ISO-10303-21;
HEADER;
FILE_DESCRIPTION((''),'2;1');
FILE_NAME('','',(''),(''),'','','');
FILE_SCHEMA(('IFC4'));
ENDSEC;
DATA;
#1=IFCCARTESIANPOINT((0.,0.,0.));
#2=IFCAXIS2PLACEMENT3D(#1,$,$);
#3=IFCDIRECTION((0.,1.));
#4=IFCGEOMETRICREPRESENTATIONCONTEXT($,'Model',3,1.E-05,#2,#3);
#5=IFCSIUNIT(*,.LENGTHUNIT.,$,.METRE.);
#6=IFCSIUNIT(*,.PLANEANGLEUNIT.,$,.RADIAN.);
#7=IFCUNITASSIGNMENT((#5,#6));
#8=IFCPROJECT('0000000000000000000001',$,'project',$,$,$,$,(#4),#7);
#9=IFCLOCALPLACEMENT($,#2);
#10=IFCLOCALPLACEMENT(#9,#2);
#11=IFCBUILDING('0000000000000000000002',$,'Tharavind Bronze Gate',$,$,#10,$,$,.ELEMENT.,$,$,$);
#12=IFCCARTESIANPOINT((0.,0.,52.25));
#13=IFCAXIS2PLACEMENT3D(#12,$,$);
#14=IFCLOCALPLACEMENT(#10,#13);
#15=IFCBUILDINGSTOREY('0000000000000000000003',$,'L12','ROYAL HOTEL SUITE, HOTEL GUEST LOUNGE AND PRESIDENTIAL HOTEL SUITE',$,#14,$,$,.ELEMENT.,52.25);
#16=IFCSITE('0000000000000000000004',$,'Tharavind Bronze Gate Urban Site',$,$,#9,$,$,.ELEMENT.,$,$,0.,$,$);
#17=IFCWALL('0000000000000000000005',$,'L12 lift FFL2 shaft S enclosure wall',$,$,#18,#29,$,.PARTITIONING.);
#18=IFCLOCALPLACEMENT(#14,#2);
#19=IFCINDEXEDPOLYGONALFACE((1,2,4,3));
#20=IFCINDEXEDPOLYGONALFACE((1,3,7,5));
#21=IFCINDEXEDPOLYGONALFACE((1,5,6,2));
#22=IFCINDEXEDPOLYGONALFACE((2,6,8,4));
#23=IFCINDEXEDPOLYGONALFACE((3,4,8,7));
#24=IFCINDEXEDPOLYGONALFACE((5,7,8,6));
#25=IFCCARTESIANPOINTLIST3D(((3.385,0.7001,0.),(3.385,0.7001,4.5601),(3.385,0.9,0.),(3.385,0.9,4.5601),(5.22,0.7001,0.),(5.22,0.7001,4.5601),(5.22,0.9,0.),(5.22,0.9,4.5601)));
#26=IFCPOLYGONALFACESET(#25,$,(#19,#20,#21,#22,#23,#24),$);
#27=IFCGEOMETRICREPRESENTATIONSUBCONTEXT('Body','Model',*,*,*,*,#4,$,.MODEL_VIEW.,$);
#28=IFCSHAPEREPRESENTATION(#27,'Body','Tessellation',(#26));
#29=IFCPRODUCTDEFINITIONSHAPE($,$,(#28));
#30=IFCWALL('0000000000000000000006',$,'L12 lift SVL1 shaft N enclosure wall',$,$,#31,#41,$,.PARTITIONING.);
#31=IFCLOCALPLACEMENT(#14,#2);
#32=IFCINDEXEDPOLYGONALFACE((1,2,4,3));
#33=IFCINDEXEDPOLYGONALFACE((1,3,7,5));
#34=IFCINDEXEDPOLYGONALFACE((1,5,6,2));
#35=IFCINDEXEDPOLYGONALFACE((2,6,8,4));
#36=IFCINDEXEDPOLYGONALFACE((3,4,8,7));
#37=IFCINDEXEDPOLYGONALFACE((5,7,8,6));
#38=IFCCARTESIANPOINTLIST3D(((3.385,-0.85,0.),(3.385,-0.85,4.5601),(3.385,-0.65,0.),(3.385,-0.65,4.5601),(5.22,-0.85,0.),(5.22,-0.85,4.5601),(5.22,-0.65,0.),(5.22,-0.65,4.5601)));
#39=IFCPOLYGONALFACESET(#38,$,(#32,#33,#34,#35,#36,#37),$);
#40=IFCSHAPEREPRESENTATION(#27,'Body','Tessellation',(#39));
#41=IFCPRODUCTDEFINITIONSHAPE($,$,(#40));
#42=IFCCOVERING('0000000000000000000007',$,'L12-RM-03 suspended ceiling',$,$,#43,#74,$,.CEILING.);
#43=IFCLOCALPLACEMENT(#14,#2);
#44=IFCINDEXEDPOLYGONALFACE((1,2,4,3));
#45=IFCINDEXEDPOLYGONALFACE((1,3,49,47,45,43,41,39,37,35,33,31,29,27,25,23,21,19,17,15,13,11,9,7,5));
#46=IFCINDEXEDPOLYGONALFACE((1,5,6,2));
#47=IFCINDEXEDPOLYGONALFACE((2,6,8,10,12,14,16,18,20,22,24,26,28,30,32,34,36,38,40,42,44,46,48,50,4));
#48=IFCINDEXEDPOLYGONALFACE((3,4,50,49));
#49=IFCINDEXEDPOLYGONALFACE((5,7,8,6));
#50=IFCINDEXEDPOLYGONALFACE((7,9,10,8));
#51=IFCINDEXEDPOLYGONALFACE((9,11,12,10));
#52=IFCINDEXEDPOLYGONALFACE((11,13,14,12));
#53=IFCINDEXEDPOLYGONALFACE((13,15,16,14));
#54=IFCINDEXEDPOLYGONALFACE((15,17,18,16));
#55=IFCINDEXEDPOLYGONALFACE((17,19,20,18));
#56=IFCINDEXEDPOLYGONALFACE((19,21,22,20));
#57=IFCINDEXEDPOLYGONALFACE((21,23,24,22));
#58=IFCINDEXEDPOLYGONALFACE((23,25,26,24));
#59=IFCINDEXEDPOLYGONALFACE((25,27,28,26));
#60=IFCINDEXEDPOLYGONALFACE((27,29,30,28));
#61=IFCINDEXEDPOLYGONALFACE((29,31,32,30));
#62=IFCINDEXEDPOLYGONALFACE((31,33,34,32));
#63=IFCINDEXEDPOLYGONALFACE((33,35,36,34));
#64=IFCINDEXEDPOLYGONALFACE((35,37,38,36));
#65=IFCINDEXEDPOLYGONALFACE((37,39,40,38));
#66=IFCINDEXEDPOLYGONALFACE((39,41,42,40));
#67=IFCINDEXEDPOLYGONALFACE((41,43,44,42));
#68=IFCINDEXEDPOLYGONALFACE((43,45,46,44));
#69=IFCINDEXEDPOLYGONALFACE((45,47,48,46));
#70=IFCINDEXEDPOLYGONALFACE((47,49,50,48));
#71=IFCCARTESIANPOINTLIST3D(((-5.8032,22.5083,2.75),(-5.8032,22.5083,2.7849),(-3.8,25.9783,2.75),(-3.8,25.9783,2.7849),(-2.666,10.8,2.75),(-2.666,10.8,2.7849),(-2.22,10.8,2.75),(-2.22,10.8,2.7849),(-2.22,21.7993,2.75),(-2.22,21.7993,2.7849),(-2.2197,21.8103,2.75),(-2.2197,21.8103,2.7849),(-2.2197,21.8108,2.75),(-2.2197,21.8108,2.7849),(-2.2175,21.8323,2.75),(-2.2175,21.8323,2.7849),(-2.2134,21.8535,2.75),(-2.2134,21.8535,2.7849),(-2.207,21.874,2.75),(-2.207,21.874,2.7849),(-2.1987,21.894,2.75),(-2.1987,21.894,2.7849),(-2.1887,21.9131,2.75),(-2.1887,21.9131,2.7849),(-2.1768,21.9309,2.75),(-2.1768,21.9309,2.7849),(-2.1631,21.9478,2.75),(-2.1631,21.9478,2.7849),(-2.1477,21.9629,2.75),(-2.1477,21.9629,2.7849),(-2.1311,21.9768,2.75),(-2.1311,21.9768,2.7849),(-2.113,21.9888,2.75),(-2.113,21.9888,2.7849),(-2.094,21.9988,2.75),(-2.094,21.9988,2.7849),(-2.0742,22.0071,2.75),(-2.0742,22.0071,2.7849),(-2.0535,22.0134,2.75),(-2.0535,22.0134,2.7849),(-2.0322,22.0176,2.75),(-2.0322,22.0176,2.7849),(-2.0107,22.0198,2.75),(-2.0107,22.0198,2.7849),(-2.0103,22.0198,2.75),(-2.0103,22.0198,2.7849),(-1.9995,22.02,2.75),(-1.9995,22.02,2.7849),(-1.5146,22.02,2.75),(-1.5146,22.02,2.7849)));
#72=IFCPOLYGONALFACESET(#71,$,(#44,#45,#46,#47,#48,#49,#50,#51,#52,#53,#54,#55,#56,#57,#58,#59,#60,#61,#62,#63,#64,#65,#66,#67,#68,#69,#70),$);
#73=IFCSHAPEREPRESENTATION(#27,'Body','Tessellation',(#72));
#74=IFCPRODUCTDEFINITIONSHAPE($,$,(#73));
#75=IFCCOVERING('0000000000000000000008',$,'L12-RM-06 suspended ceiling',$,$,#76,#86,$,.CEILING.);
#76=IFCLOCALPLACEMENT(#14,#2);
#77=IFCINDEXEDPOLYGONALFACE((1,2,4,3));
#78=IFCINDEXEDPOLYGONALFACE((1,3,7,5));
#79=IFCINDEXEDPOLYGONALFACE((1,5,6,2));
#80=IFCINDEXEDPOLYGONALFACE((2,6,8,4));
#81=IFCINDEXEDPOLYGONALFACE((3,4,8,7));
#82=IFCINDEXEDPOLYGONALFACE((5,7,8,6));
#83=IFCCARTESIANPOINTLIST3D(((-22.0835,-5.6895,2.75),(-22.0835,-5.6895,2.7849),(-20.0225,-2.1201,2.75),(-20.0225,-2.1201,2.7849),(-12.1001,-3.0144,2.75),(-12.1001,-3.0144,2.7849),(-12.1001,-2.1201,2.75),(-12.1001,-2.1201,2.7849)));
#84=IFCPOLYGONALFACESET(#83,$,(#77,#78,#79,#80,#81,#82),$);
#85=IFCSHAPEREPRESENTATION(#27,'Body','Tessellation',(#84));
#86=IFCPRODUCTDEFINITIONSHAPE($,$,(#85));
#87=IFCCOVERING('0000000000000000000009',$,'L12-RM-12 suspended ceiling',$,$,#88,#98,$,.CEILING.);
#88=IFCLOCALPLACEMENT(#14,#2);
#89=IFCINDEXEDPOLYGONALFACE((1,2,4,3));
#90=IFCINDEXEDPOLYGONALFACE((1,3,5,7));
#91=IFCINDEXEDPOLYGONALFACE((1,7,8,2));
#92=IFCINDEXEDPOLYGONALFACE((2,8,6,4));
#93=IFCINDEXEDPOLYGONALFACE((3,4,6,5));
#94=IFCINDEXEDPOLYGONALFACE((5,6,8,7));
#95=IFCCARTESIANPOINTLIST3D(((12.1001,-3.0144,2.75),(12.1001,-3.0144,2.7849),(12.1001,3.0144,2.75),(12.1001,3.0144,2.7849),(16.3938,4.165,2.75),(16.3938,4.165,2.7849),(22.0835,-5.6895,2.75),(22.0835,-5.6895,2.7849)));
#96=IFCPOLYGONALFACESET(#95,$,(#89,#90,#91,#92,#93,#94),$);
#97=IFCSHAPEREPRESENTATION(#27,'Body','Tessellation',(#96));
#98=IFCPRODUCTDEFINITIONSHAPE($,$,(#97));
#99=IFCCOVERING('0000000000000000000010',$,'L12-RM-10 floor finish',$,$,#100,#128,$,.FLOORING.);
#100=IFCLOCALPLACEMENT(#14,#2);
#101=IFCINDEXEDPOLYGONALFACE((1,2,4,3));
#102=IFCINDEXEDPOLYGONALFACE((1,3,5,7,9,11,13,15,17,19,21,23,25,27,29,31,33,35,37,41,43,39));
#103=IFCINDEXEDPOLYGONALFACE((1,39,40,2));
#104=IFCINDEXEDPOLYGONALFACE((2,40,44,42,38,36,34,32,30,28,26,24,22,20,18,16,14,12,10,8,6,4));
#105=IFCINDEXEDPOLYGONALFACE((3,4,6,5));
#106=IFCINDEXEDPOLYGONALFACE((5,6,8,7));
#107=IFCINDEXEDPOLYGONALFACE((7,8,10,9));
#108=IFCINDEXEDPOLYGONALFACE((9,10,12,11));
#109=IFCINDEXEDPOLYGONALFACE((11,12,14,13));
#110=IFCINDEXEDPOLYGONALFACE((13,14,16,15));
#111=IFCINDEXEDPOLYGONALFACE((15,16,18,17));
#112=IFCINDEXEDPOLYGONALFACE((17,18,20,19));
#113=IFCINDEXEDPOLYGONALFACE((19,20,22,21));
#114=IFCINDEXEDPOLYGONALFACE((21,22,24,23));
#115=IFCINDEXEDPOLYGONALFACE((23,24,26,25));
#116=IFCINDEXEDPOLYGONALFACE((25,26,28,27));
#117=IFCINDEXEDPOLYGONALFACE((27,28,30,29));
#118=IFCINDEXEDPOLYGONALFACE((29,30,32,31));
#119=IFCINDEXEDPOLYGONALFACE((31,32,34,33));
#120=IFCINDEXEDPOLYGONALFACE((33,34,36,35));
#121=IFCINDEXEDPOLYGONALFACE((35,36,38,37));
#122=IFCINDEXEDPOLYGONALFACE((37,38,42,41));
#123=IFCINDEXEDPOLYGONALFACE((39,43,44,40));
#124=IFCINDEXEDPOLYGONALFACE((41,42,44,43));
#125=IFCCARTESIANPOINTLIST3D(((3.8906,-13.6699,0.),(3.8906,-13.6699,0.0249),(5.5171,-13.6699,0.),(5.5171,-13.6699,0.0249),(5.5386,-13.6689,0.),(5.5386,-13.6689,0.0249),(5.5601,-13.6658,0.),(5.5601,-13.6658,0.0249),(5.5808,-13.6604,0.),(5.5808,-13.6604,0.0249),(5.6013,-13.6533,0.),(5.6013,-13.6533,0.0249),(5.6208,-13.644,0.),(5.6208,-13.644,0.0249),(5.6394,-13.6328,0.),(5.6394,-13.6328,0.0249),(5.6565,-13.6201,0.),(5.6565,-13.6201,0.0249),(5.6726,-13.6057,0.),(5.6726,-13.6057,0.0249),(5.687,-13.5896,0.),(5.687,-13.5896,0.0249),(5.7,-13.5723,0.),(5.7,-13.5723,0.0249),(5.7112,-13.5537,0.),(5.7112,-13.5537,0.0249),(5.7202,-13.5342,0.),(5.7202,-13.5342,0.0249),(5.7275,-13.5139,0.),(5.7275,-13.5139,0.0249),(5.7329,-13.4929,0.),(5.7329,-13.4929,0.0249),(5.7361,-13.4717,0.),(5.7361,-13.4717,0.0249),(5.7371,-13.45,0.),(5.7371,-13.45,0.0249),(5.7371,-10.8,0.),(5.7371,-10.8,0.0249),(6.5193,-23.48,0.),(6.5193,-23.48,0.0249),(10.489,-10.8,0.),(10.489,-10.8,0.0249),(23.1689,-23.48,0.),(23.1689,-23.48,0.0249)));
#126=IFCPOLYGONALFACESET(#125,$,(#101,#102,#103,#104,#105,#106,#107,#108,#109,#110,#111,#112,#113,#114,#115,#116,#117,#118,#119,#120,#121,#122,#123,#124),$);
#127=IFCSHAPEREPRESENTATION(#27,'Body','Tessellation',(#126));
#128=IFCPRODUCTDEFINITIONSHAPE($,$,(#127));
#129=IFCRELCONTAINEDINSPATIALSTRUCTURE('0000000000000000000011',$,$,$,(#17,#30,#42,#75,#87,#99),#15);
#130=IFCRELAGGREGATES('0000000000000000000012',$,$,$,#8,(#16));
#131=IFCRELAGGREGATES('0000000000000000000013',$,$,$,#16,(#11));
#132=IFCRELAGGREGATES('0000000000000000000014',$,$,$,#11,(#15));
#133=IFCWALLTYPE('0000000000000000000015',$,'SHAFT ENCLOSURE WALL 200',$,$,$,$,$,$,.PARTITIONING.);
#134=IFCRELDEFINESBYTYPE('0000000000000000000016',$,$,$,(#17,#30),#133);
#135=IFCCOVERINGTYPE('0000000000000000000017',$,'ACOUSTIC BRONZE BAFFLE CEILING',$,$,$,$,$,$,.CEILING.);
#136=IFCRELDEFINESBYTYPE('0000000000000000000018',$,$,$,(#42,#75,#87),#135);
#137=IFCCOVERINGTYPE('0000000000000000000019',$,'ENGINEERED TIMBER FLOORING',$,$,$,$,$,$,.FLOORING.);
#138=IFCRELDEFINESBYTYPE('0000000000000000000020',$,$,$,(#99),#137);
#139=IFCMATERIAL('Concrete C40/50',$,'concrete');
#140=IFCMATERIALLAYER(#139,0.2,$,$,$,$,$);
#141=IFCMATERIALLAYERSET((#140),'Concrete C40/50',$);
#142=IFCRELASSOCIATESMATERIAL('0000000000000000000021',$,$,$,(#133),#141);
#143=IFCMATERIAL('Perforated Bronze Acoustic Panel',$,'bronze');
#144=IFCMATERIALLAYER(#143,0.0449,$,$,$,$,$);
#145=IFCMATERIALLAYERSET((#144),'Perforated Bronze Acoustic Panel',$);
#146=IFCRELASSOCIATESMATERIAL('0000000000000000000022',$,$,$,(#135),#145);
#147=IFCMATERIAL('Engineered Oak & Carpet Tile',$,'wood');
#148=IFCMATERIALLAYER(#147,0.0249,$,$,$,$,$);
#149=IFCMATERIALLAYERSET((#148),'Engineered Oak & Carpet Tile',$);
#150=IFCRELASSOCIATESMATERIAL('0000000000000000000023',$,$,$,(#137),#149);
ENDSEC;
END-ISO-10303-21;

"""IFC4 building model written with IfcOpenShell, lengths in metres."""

from ifc_helpers import new_model, si_unit, direction, frame, frame_2d, origin, place, context, subcontext, project, spatial, polyline, rectangle, outline, extrude, material, layer, layer_set, type_object, element, save


model = new_model("IFC4")

# Units and contexts
model_context = context("Model", 3, precision=1e-05, world=origin(), true_north=direction((0.0, 1.0)))
body_context = subcontext(model_context, "Body", "Model", "MODEL_VIEW")
ifc_project = project(units=[si_unit("LENGTHUNIT", "METRE"), si_unit("PLANEANGLEUNIT", "RADIAN")], contexts=[model_context])

# Site, building, storey
site_placement = place(None, origin())
site = spatial("IfcSite", under=ifc_project, at=site_placement, Name="Tharavind Bronze Gate Urban Site", CompositionType="ELEMENT", RefElevation=0.0)
building_placement = place(site_placement, origin())
building = spatial("IfcBuilding", under=site, at=building_placement, Name="Tharavind Bronze Gate", CompositionType="ELEMENT")
storey_placement = place(building_placement, frame((0.0, 0.0, 52.25)))
storey = spatial("IfcBuildingStorey", under=building, at=storey_placement, Name="L12", Description="ROYAL HOTEL SUITE, HOTEL GUEST LOUNGE AND PRESIDENTIAL HOTEL SUITE", CompositionType="ELEMENT", Elevation=52.25)

# Walls
ifc_material_1 = material(Name="Concrete C40/50", Category="concrete")
ifc_layer_1 = layer(ifc_material_1, 0.2)
ifc_layer_set_1 = layer_set([ifc_layer_1], Name="Concrete C40/50")
wall_type_1 = type_object("IfcWallType", Name="SHAFT ENCLOSURE WALL 200", PredefinedType="PARTITIONING", material=ifc_layer_set_1)
for number, where, z_axis, x_axis, name in (
    (1, (3.385, 0.8, 0.0), (0.0, 0.0, 1.0), (1.0, 0.0, 0.0), "L12 lift FFL2 shaft S enclosure wall"),
    (2, (3.385, -0.75, 0.0), (0.0, 0.0, 1.0), (1.0, 0.0, 0.0), "L12 lift SVL1 shaft N enclosure wall"),
):
    element("IfcWall", number, at=place(storey_placement, frame(where, z_axis=z_axis, x_axis=x_axis)), inside=storey, type_object=wall_type_1, Name=name, PredefinedType="PARTITIONING", context=body_context, shape_type="SweptSolid", body=[
        extrude(rectangle(XDim=1.835, YDim=0.2, at=frame_2d((0.9175, 0.0))), origin(), (0.0, 0.0, 1.0), 4.5601),
    ])

# Coverings
ifc_material_2 = material(Name="Perforated Bronze Acoustic Panel", Category="bronze")
ifc_layer_2 = layer(ifc_material_2, 0.0449)
ifc_layer_set_2 = layer_set([ifc_layer_2], Name="Perforated Bronze Acoustic Panel")
covering_type_1 = type_object("IfcCoveringType", Name="ACOUSTIC BRONZE BAFFLE CEILING", PredefinedType="CEILING", material=ifc_layer_set_2)
covering_1_placement = place(storey_placement, frame((0.0, 0.0, 2.75)))
element("IfcCovering", 3, at=covering_1_placement, inside=storey, type_object=covering_type_1, Name="L12-RM-03 suspended ceiling", PredefinedType="CEILING", context=body_context, shape_type="SweptSolid", body=[
    extrude(outline(polyline([(-2.666, 10.8), (-2.22, 10.8), (-2.22, 21.7993), (-2.2197, 21.8103), (-2.2197, 21.8108), (-2.2175, 21.8323), (-2.2134, 21.8535), (-2.207, 21.874), (-2.1987, 21.894), (-2.1887, 21.9131), (-2.1768, 21.9309), (-2.1631, 21.9478), (-2.1477, 21.9629), (-2.1311, 21.9768), (-2.113, 21.9888), (-2.094, 21.9988), (-2.0742, 22.0071), (-2.0535, 22.0134), (-2.0322, 22.0176), (-2.0107, 22.0198), (-2.0103, 22.0198), (-1.9995, 22.02), (-1.5146, 22.02), (-3.8, 25.9783), (-5.8032, 22.5083), (-2.666, 10.8)])), origin(), (0.0, 0.0, 1.0), 0.0349),
])
covering_2_placement = place(storey_placement, frame((0.0, 0.0, 2.75)))
element("IfcCovering", 4, at=covering_2_placement, inside=storey, type_object=covering_type_1, Name="L12-RM-06 suspended ceiling", PredefinedType="CEILING", context=body_context, shape_type="SweptSolid", body=[
    extrude(outline(polyline([(-12.1001, -3.0144), (-12.1001, -2.1201), (-20.0225, -2.1201), (-22.0835, -5.6895), (-12.1001, -3.0144)])), origin(), (0.0, 0.0, 1.0), 0.0349),
])
covering_3_placement = place(storey_placement, frame((0.0, 0.0, 2.75)))
element("IfcCovering", 5, at=covering_3_placement, inside=storey, type_object=covering_type_1, Name="L12-RM-12 suspended ceiling", PredefinedType="CEILING", context=body_context, shape_type="SweptSolid", body=[
    extrude(outline(polyline([(22.0835, -5.6895), (16.3938, 4.165), (12.1001, 3.0144), (12.1001, -3.0144), (22.0835, -5.6895)])), origin(), (0.0, 0.0, 1.0), 0.0349),
])
ifc_material_3 = material(Name="Engineered Oak & Carpet Tile", Category="wood")
ifc_layer_3 = layer(ifc_material_3, 0.0249)
ifc_layer_set_3 = layer_set([ifc_layer_3], Name="Engineered Oak & Carpet Tile")
covering_type_2 = type_object("IfcCoveringType", Name="ENGINEERED TIMBER FLOORING", PredefinedType="FLOORING", material=ifc_layer_set_3)
covering_4_placement = place(storey_placement, origin())
element("IfcCovering", 6, at=covering_4_placement, inside=storey, type_object=covering_type_2, Name="L12-RM-10 floor finish", PredefinedType="FLOORING", context=body_context, shape_type="SweptSolid", body=[
    extrude(outline(polyline([(5.7371, -13.45), (5.7361, -13.4717), (5.7329, -13.4929), (5.7275, -13.5139), (5.7202, -13.5342), (5.7112, -13.5537), (5.7, -13.5723), (5.687, -13.5896), (5.6726, -13.6057), (5.6565, -13.6201), (5.6394, -13.6328), (5.6208, -13.644), (5.6013, -13.6533), (5.5808, -13.6604), (5.5601, -13.6658), (5.5386, -13.6689), (5.5171, -13.6699), (3.8906, -13.6699), (6.5193, -23.48), (23.1689, -23.48), (10.489, -10.8), (5.7371, -10.8), (5.7371, -13.45)])), origin(), (0.0, 0.0, 1.0), 0.0249),
])

save(model, "model.ifc")
